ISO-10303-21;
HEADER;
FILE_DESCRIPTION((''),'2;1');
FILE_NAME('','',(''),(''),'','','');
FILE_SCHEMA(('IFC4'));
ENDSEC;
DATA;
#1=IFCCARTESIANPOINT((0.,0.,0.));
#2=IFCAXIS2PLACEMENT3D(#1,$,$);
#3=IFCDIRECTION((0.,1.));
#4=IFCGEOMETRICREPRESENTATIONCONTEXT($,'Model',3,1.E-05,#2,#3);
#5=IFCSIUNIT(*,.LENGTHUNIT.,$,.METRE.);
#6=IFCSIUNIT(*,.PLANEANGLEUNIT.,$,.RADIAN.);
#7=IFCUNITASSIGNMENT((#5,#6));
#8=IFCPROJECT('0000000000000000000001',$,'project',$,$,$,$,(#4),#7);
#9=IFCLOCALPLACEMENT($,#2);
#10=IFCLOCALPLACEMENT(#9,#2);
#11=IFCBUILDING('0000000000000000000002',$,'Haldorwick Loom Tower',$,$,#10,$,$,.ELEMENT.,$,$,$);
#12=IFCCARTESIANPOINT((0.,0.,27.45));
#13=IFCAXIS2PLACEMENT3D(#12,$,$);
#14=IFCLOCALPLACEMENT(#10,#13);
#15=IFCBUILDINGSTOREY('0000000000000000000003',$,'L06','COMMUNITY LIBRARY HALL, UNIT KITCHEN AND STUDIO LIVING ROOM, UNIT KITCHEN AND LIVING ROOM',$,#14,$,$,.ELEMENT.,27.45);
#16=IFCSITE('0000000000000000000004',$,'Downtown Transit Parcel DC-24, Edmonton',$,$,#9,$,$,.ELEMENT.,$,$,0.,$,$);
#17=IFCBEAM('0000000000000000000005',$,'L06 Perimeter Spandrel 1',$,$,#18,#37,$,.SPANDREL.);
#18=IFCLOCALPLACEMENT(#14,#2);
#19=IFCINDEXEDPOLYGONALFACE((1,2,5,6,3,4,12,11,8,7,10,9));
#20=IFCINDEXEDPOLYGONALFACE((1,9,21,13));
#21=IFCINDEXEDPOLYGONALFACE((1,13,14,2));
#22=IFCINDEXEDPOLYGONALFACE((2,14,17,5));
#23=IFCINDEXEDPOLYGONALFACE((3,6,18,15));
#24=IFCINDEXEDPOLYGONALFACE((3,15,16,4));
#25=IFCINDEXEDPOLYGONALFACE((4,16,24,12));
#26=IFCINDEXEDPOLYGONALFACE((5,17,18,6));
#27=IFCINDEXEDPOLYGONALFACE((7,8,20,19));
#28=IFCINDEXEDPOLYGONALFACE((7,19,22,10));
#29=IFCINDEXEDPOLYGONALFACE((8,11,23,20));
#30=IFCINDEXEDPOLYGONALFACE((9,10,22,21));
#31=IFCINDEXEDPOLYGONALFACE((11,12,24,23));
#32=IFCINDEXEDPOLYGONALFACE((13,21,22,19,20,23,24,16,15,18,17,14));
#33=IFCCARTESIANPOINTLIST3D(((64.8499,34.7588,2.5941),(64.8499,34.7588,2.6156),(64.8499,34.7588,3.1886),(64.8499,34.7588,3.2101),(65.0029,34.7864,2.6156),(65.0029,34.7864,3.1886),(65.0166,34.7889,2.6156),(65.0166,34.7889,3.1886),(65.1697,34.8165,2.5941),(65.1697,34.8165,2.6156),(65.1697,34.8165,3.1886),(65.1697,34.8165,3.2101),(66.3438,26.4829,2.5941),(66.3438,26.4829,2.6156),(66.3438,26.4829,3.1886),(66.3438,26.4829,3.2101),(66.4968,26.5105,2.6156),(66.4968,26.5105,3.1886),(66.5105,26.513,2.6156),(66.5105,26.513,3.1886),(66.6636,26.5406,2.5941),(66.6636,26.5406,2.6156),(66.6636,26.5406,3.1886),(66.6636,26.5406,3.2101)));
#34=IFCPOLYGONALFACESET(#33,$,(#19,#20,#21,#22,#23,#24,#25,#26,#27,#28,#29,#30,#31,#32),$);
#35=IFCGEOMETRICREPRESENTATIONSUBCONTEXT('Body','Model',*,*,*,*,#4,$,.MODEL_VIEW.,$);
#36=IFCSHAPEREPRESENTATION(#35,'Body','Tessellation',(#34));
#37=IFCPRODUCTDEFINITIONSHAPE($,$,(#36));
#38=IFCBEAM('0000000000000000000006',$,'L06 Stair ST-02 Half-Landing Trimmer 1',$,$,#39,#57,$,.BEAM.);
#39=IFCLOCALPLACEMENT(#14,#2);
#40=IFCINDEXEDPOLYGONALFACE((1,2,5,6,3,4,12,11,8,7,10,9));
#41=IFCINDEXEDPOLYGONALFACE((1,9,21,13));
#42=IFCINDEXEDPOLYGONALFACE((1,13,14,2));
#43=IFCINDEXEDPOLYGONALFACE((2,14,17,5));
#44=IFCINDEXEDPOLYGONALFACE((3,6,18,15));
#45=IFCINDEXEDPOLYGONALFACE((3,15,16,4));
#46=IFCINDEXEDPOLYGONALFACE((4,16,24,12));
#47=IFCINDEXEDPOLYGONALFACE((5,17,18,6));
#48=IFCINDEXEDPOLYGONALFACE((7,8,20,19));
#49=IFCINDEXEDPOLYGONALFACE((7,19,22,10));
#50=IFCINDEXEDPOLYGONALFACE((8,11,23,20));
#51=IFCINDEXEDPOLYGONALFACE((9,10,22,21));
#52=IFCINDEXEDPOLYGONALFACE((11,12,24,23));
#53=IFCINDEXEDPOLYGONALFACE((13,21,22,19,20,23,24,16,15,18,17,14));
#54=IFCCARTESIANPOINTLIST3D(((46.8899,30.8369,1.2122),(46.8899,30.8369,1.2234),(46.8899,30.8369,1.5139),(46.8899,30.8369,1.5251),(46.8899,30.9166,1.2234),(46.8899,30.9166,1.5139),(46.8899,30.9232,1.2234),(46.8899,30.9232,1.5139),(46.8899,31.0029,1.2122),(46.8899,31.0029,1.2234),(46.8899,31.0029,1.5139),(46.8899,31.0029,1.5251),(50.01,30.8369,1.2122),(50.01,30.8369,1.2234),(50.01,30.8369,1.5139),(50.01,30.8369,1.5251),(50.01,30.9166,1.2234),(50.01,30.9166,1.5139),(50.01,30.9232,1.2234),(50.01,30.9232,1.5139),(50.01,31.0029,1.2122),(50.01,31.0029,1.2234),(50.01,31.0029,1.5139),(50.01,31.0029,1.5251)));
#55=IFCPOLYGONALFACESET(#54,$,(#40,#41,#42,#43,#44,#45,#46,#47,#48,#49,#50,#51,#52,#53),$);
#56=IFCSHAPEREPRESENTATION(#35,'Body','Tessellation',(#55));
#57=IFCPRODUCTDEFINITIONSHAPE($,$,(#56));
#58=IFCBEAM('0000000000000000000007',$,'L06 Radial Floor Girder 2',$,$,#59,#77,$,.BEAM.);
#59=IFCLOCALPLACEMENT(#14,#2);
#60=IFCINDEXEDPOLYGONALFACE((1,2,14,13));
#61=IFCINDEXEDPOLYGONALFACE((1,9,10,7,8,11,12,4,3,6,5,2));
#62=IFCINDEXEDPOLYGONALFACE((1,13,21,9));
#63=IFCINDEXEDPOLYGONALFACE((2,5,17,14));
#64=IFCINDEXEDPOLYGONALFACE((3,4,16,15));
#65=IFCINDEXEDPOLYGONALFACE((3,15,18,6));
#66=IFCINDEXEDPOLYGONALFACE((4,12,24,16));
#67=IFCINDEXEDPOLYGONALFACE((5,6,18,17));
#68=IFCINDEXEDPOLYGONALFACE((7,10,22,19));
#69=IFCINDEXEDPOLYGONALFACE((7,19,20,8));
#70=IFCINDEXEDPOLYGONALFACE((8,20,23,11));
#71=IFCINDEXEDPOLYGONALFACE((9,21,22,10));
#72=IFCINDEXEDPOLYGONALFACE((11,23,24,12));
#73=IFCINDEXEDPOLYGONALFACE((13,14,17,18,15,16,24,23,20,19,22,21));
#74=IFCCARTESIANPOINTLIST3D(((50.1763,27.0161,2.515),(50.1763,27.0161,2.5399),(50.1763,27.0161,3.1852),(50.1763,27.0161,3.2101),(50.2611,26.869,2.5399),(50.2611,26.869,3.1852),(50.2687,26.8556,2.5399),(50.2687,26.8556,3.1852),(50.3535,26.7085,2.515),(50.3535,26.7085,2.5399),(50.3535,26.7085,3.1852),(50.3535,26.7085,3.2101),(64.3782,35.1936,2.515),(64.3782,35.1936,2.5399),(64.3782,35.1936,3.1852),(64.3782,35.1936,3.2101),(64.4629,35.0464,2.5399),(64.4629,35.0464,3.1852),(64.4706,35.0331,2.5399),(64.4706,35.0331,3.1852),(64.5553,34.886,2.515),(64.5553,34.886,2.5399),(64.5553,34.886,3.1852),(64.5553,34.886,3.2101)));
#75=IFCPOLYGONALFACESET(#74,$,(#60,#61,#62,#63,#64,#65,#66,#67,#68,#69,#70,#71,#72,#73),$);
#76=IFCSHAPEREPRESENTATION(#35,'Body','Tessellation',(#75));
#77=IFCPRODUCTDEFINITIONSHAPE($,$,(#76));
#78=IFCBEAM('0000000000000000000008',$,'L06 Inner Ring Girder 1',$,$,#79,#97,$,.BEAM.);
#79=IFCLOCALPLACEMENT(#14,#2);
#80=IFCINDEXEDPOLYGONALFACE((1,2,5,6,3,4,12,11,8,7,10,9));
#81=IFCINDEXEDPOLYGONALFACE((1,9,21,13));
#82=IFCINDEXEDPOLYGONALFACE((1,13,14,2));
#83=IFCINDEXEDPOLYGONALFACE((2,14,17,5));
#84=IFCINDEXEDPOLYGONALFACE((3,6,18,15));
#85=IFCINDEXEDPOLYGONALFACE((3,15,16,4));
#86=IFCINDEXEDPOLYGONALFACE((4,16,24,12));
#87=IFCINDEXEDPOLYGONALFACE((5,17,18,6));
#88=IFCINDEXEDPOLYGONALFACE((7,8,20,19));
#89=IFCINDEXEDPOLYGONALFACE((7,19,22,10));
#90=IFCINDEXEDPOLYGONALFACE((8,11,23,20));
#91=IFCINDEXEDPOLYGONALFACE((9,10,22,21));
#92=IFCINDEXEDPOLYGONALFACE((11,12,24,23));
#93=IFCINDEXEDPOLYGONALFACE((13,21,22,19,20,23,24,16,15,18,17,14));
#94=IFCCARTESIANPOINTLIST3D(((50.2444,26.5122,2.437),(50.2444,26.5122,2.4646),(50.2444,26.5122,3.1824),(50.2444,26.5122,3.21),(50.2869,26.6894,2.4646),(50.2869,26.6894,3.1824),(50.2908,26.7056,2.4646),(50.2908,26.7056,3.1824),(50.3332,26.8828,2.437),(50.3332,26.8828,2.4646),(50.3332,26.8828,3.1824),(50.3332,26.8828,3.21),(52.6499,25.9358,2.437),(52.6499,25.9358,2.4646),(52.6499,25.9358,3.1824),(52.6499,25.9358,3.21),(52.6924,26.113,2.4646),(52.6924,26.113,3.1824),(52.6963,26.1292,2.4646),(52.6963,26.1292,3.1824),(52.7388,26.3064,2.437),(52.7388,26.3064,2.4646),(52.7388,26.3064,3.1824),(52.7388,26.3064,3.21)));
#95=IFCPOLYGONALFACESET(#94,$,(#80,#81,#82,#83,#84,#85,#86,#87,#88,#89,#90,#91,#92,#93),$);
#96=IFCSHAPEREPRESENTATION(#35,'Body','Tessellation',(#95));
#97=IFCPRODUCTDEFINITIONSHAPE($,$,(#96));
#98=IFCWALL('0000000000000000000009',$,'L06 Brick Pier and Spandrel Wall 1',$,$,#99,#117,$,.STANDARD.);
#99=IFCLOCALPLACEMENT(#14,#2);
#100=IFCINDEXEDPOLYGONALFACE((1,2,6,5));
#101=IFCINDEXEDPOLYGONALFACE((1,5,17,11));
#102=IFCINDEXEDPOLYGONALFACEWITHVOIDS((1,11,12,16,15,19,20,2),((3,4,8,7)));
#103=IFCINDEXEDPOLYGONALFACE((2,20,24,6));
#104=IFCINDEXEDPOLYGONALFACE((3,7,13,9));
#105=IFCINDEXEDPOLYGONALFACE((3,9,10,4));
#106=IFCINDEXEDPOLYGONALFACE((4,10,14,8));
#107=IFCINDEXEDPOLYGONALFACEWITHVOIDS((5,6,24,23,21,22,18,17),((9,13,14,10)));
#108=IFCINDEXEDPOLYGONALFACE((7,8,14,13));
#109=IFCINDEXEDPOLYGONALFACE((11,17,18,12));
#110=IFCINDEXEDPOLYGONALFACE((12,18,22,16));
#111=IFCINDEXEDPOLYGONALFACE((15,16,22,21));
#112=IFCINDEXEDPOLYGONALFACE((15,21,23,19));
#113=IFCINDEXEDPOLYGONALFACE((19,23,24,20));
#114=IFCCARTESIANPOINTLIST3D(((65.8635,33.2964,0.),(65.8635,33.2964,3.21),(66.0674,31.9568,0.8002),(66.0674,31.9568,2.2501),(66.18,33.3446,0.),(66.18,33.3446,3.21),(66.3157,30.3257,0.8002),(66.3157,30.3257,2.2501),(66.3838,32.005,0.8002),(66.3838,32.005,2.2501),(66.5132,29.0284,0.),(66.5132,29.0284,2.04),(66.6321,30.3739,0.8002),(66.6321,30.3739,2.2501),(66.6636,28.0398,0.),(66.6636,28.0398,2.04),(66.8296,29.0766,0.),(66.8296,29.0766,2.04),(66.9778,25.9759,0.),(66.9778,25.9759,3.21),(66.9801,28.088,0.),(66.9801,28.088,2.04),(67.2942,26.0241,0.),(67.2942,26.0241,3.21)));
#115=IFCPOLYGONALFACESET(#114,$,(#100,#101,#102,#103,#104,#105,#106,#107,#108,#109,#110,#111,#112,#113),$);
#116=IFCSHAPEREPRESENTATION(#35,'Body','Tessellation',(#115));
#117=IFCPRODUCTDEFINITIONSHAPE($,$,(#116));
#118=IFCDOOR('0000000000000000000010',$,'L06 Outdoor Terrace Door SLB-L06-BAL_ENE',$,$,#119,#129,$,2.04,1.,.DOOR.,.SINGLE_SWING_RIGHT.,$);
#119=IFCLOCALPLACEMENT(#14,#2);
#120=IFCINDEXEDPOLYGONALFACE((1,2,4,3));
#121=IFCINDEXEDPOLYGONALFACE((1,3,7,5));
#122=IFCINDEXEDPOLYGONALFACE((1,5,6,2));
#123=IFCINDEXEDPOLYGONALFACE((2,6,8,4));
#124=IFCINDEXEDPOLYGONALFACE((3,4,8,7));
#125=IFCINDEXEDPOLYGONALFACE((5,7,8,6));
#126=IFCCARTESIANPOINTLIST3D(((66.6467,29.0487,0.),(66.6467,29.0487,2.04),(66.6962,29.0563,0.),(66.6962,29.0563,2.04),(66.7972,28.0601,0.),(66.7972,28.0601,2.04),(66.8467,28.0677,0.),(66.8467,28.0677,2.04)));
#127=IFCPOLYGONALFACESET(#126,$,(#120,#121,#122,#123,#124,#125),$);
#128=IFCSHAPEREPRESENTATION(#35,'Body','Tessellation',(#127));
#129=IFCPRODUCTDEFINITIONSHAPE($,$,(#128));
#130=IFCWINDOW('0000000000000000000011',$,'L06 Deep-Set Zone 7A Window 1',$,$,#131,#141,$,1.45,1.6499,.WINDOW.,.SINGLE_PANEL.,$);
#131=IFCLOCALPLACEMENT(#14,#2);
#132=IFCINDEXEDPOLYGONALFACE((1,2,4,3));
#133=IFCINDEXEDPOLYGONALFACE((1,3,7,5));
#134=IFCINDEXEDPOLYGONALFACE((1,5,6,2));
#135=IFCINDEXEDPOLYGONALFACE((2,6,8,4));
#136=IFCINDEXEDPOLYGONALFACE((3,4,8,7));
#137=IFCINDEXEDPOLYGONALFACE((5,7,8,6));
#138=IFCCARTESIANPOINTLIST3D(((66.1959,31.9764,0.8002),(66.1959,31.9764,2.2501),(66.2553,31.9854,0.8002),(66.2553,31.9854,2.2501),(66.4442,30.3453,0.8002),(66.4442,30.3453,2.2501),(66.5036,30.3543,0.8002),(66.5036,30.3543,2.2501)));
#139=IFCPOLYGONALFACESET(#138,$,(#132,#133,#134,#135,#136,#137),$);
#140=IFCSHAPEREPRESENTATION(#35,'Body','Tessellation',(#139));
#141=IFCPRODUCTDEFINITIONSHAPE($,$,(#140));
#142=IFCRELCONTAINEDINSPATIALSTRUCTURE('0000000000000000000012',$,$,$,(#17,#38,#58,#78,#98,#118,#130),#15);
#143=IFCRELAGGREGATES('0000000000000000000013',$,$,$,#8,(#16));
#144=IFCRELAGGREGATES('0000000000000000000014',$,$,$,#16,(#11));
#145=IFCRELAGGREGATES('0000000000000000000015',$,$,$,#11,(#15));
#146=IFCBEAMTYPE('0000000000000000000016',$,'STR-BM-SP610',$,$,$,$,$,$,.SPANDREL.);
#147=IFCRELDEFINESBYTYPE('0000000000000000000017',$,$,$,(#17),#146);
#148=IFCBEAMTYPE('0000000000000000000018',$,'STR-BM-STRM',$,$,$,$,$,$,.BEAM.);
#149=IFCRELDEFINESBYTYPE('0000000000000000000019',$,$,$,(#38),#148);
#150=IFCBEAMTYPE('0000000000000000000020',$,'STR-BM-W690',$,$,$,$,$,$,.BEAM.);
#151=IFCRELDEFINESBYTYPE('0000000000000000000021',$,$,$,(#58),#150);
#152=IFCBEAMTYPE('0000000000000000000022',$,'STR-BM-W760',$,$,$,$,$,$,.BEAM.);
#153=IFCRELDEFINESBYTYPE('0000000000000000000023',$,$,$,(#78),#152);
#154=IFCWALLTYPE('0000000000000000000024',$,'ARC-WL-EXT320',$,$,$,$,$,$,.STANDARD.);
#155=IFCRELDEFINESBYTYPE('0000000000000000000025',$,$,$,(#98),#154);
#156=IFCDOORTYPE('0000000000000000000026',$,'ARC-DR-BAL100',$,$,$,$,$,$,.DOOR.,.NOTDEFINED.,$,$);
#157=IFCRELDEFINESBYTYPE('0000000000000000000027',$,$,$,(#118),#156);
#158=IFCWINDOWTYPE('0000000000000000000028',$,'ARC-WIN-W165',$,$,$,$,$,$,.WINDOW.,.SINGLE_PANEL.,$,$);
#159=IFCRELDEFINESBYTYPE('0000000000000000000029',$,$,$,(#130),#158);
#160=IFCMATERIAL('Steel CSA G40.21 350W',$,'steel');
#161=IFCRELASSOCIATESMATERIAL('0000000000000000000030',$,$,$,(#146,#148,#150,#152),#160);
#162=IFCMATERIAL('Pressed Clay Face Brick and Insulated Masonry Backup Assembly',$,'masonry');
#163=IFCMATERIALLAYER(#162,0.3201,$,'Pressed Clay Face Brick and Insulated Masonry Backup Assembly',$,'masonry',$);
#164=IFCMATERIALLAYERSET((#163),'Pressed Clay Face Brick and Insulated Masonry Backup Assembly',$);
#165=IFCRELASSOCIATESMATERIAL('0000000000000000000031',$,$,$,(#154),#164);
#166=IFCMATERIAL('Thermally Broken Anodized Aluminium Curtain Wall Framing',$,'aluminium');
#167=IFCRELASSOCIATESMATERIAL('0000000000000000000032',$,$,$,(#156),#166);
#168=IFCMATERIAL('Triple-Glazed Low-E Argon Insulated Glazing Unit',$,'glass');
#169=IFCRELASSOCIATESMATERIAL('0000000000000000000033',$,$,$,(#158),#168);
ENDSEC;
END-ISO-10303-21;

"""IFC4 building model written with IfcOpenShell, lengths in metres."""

from ifc_helpers import new_model, si_unit, direction, frame, frame_2d, origin, origin_2d, place, context, subcontext, project, spatial, rectangle, i_section, extrude, material, layer, layer_set, material_profile, profile_set, type_object, element, fill, save


model = new_model("IFC4")

# Units and contexts
model_context = context("Model", 3, precision=1e-05, world=origin(), true_north=direction((0.0, 1.0)))
body_context = subcontext(model_context, "Body", "Model", "MODEL_VIEW")
ifc_project = project(units=[si_unit("LENGTHUNIT", "METRE"), si_unit("PLANEANGLEUNIT", "RADIAN")], contexts=[model_context])

# Site, building, storey
site_placement = place(None, origin())
site = spatial("IfcSite", under=ifc_project, at=site_placement, Name="Downtown Transit Parcel DC-24, Edmonton", CompositionType="ELEMENT", RefElevation=0.0)
building_placement = place(site_placement, origin())
building = spatial("IfcBuilding", under=site, at=building_placement, Name="Haldorwick Loom Tower", CompositionType="ELEMENT")
storey_placement = place(building_placement, frame((0.0, 0.0, 27.45)))
storey = spatial("IfcBuildingStorey", under=building, at=storey_placement, Name="L06", Description="COMMUNITY LIBRARY HALL, UNIT KITCHEN AND STUDIO LIVING ROOM, UNIT KITCHEN AND LIVING ROOM", CompositionType="ELEMENT", Elevation=27.45)

# Beams
ifc_material_1 = material(Name="Steel CSA G40.21 350W", Category="steel")
ifc_material_profile_1 = material_profile(ifc_material_1, i_section(OverallWidth=0.325, OverallDepth=0.616, WebThickness=0.0139, FlangeThickness=0.0215, at=origin_2d()), Name="W610X174", Category="steel")
ifc_profile_set_1 = profile_set([ifc_material_profile_1], Name="Steel CSA G40.21 350W")
beam_type_1 = type_object("IfcBeamType", Name="STR-BM-SP610", PredefinedType="SPANDREL", material=ifc_profile_set_1)
beam_1_placement = place(storey_placement, frame((66.5037, 26.5117, 2.9021), z_axis=(-0.177641, 0.984095, 0.0), x_axis=(-0.984095, -0.177641, 0.0)))
element("IfcBeam", 1, at=beam_1_placement, inside=storey, type_object=beam_type_1, Name="L06 Perimeter Spandrel 1", PredefinedType="SPANDREL", context=body_context, shape_type="SweptSolid", body=[
    extrude(i_section(OverallWidth=0.325, OverallDepth=0.616, WebThickness=0.0139, FlangeThickness=0.0215, at=origin_2d()), origin(), (0.0, 0.0, 1.0), 8.4097),
])
ifc_material_profile_2 = material_profile(ifc_material_1, i_section(OverallWidth=0.166, OverallDepth=0.313, WebThickness=0.0066, FlangeThickness=0.0112, at=origin_2d()), Name="W310X45", Category="steel")
ifc_profile_set_2 = profile_set([ifc_material_profile_2], Name="Steel CSA G40.21 350W")
beam_type_2 = type_object("IfcBeamType", Name="STR-BM-STRM", PredefinedType="BEAM", material=ifc_profile_set_2)
beam_2_placement = place(storey_placement, frame((46.8899, 30.9199, 1.3687), z_axis=(1.0, 0.0, 0.0), x_axis=(0.0, 1.0, 0.0)))
element("IfcBeam", 2, at=beam_2_placement, inside=storey, type_object=beam_type_2, Name="L06 Stair ST-02 Half-Landing Trimmer 1", PredefinedType="BEAM", context=body_context, shape_type="SweptSolid", body=[
    extrude(i_section(OverallWidth=0.166, OverallDepth=0.313, WebThickness=0.0066, FlangeThickness=0.0112, at=origin_2d()), origin(), (0.0, 0.0, 1.0), 3.1201),
])
ifc_material_profile_3 = material_profile(ifc_material_1, i_section(OverallWidth=0.355, OverallDepth=0.6951, WebThickness=0.0154, FlangeThickness=0.0249, at=origin_2d()), Name="W690X217", Category="steel")
ifc_profile_set_3 = profile_set([ifc_material_profile_3], Name="Steel CSA G40.21 350W")
beam_type_3 = type_object("IfcBeamType", Name="STR-BM-W690", PredefinedType="BEAM", material=ifc_profile_set_3)
beam_3_placement = place(storey_placement, frame((50.2649, 26.8623, 2.8625), z_axis=(0.866606, 0.498994, 0.0), x_axis=(-0.498994, 0.866606, 0.0)))
element("IfcBeam", 3, at=beam_3_placement, inside=storey, type_object=beam_type_3, Name="L06 Radial Floor Girder 2", PredefinedType="BEAM", context=body_context, shape_type="SweptSolid", body=[
    extrude(i_section(OverallWidth=0.355, OverallDepth=0.6951, WebThickness=0.0154, FlangeThickness=0.0249, at=origin_2d()), origin(), (0.0, 0.0, 1.0), 16.3879),
])
ifc_material_profile_4 = material_profile(ifc_material_1, i_section(OverallWidth=0.3811, OverallDepth=0.7729, WebThickness=0.0166, FlangeThickness=0.0276, at=origin_2d()), Name="W760X257", Category="steel")
ifc_profile_set_4 = profile_set([ifc_material_profile_4], Name="Steel CSA G40.21 350W")
beam_type_4 = type_object("IfcBeamType", Name="STR-BM-W760", PredefinedType="BEAM", material=ifc_profile_set_4)
beam_4_placement = place(storey_placement, frame((50.2888, 26.6975, 2.8235), z_axis=(0.972471, -0.233026, 0.0), x_axis=(0.233026, 0.972471, 0.0)))
element("IfcBeam", 4, at=beam_4_placement, inside=storey, type_object=beam_type_4, Name="L06 Inner Ring Girder 1", PredefinedType="BEAM", context=body_context, shape_type="SweptSolid", body=[
    extrude(i_section(OverallWidth=0.3811, OverallDepth=0.7729, WebThickness=0.0166, FlangeThickness=0.0276, at=origin_2d()), origin(), (0.0, 0.0, 1.0), 2.4736),
])

# Wall, openings, door, window
ifc_material_2 = material(Name="Pressed Clay Face Brick and Insulated Masonry Backup Assembly", Category="masonry")
ifc_layer_1 = layer(ifc_material_2, 0.3201, Name="Pressed Clay Face Brick and Insulated Masonry Backup Assembly", Category="masonry")
ifc_layer_set_1 = layer_set([ifc_layer_1], Name="Pressed Clay Face Brick and Insulated Masonry Backup Assembly")
wall_type_1 = type_object("IfcWallType", Name="ARC-WL-EXT320", PredefinedType="STANDARD", material=ifc_layer_set_1)
wall_1_placement = place(storey_placement, frame((67.136, 26.0, 0.0), z_axis=(0.0, 0.0, 1.0), x_axis=(-0.150476, 0.988614, 0.0)))
wall_1 = element("IfcWall", 5, at=wall_1_placement, inside=storey, type_object=wall_type_1, Name="L06 Brick Pier and Spandrel Wall 1", PredefinedType="STANDARD", context=body_context, shape_type="SweptSolid", body=[
    extrude(rectangle(XDim=7.4048, YDim=0.3201, at=frame_2d((3.7024, 0.0))), origin(), (0.0, 0.0, 1.0), 3.21),
])
opening_1_placement = place(wall_1_placement, frame((2.0876, 0.0, 0.0)))
opening_1 = element("IfcOpeningElement", 6, at=opening_1_placement, cuts=wall_1, PredefinedType="OPENING", context=body_context, shape_type="SweptSolid", body=[
    extrude(rectangle(XDim=1.0, YDim=2.04, at=frame_2d((0.5, 1.02))), frame((0.0, 0.1699, 0.0), z_axis=(0.0, -1.0, 0.0), x_axis=(1.0, 0.0, 0.0)), (0.0, 0.0, 1.0), 0.3401),
])
opening_2_placement = place(wall_1_placement, frame((4.3999, 0.0, 0.8)))
opening_2 = element("IfcOpeningElement", 7, at=opening_2_placement, cuts=wall_1, PredefinedType="OPENING", context=body_context, shape_type="SweptSolid", body=[
    extrude(rectangle(XDim=1.6499, YDim=1.45, at=frame_2d((0.825, 0.7251))), frame((0.0, 0.1699, 0.0), z_axis=(0.0, -1.0, 0.0), x_axis=(1.0, 0.0, 0.0)), (0.0, 0.0, 1.0), 0.3401),
])
ifc_material_3 = material(Name="Thermally Broken Anodized Aluminium Curtain Wall Framing", Category="aluminium")
door_type_1 = type_object("IfcDoorType", Name="ARC-DR-BAL100", OperationType="NOTDEFINED", PredefinedType="DOOR", material=ifc_material_3)
door_1_placement = place(opening_1_placement, origin())
door_1 = element("IfcDoor", 8, at=door_1_placement, inside=storey, type_object=door_type_1, Name="L06 Outdoor Terrace Door SLB-L06-BAL_ENE", OperationType="SINGLE_SWING_RIGHT", OverallHeight=2.04, OverallWidth=1.0, PredefinedType="DOOR", context=body_context, shape_type="SweptSolid", body=[
    extrude(rectangle(XDim=1.0, YDim=2.04, at=frame_2d((0.5, 1.02))), frame((0.0, 0.0249, 0.0), z_axis=(0.0, -1.0, 0.0), x_axis=(1.0, 0.0, 0.0)), (0.0, 0.0, 1.0), 0.05),
])
fill(opening_1, door_1)
ifc_material_4 = material(Name="Triple-Glazed Low-E Argon Insulated Glazing Unit", Category="glass")
window_type = type_object("IfcWindowType", Name="ARC-WIN-W165", PartitioningType="SINGLE_PANEL", PredefinedType="WINDOW", material=ifc_material_4)
window_placement = place(opening_2_placement, origin())
window = element("IfcWindow", 9, at=window_placement, inside=storey, type_object=window_type, Name="L06 Deep-Set Zone 7A Window 1", OverallHeight=1.45, OverallWidth=1.6499, PartitioningType="SINGLE_PANEL", PredefinedType="WINDOW", context=body_context, shape_type="SweptSolid", body=[
    extrude(rectangle(XDim=1.6499, YDim=1.45, at=frame_2d((0.825, 0.7251))), frame((0.0, 0.03, 0.0), z_axis=(0.0, -1.0, 0.0), x_axis=(1.0, 0.0, 0.0)), (0.0, 0.0, 1.0), 0.0601),
])
fill(opening_2, window)

save(model, "model.ifc")
